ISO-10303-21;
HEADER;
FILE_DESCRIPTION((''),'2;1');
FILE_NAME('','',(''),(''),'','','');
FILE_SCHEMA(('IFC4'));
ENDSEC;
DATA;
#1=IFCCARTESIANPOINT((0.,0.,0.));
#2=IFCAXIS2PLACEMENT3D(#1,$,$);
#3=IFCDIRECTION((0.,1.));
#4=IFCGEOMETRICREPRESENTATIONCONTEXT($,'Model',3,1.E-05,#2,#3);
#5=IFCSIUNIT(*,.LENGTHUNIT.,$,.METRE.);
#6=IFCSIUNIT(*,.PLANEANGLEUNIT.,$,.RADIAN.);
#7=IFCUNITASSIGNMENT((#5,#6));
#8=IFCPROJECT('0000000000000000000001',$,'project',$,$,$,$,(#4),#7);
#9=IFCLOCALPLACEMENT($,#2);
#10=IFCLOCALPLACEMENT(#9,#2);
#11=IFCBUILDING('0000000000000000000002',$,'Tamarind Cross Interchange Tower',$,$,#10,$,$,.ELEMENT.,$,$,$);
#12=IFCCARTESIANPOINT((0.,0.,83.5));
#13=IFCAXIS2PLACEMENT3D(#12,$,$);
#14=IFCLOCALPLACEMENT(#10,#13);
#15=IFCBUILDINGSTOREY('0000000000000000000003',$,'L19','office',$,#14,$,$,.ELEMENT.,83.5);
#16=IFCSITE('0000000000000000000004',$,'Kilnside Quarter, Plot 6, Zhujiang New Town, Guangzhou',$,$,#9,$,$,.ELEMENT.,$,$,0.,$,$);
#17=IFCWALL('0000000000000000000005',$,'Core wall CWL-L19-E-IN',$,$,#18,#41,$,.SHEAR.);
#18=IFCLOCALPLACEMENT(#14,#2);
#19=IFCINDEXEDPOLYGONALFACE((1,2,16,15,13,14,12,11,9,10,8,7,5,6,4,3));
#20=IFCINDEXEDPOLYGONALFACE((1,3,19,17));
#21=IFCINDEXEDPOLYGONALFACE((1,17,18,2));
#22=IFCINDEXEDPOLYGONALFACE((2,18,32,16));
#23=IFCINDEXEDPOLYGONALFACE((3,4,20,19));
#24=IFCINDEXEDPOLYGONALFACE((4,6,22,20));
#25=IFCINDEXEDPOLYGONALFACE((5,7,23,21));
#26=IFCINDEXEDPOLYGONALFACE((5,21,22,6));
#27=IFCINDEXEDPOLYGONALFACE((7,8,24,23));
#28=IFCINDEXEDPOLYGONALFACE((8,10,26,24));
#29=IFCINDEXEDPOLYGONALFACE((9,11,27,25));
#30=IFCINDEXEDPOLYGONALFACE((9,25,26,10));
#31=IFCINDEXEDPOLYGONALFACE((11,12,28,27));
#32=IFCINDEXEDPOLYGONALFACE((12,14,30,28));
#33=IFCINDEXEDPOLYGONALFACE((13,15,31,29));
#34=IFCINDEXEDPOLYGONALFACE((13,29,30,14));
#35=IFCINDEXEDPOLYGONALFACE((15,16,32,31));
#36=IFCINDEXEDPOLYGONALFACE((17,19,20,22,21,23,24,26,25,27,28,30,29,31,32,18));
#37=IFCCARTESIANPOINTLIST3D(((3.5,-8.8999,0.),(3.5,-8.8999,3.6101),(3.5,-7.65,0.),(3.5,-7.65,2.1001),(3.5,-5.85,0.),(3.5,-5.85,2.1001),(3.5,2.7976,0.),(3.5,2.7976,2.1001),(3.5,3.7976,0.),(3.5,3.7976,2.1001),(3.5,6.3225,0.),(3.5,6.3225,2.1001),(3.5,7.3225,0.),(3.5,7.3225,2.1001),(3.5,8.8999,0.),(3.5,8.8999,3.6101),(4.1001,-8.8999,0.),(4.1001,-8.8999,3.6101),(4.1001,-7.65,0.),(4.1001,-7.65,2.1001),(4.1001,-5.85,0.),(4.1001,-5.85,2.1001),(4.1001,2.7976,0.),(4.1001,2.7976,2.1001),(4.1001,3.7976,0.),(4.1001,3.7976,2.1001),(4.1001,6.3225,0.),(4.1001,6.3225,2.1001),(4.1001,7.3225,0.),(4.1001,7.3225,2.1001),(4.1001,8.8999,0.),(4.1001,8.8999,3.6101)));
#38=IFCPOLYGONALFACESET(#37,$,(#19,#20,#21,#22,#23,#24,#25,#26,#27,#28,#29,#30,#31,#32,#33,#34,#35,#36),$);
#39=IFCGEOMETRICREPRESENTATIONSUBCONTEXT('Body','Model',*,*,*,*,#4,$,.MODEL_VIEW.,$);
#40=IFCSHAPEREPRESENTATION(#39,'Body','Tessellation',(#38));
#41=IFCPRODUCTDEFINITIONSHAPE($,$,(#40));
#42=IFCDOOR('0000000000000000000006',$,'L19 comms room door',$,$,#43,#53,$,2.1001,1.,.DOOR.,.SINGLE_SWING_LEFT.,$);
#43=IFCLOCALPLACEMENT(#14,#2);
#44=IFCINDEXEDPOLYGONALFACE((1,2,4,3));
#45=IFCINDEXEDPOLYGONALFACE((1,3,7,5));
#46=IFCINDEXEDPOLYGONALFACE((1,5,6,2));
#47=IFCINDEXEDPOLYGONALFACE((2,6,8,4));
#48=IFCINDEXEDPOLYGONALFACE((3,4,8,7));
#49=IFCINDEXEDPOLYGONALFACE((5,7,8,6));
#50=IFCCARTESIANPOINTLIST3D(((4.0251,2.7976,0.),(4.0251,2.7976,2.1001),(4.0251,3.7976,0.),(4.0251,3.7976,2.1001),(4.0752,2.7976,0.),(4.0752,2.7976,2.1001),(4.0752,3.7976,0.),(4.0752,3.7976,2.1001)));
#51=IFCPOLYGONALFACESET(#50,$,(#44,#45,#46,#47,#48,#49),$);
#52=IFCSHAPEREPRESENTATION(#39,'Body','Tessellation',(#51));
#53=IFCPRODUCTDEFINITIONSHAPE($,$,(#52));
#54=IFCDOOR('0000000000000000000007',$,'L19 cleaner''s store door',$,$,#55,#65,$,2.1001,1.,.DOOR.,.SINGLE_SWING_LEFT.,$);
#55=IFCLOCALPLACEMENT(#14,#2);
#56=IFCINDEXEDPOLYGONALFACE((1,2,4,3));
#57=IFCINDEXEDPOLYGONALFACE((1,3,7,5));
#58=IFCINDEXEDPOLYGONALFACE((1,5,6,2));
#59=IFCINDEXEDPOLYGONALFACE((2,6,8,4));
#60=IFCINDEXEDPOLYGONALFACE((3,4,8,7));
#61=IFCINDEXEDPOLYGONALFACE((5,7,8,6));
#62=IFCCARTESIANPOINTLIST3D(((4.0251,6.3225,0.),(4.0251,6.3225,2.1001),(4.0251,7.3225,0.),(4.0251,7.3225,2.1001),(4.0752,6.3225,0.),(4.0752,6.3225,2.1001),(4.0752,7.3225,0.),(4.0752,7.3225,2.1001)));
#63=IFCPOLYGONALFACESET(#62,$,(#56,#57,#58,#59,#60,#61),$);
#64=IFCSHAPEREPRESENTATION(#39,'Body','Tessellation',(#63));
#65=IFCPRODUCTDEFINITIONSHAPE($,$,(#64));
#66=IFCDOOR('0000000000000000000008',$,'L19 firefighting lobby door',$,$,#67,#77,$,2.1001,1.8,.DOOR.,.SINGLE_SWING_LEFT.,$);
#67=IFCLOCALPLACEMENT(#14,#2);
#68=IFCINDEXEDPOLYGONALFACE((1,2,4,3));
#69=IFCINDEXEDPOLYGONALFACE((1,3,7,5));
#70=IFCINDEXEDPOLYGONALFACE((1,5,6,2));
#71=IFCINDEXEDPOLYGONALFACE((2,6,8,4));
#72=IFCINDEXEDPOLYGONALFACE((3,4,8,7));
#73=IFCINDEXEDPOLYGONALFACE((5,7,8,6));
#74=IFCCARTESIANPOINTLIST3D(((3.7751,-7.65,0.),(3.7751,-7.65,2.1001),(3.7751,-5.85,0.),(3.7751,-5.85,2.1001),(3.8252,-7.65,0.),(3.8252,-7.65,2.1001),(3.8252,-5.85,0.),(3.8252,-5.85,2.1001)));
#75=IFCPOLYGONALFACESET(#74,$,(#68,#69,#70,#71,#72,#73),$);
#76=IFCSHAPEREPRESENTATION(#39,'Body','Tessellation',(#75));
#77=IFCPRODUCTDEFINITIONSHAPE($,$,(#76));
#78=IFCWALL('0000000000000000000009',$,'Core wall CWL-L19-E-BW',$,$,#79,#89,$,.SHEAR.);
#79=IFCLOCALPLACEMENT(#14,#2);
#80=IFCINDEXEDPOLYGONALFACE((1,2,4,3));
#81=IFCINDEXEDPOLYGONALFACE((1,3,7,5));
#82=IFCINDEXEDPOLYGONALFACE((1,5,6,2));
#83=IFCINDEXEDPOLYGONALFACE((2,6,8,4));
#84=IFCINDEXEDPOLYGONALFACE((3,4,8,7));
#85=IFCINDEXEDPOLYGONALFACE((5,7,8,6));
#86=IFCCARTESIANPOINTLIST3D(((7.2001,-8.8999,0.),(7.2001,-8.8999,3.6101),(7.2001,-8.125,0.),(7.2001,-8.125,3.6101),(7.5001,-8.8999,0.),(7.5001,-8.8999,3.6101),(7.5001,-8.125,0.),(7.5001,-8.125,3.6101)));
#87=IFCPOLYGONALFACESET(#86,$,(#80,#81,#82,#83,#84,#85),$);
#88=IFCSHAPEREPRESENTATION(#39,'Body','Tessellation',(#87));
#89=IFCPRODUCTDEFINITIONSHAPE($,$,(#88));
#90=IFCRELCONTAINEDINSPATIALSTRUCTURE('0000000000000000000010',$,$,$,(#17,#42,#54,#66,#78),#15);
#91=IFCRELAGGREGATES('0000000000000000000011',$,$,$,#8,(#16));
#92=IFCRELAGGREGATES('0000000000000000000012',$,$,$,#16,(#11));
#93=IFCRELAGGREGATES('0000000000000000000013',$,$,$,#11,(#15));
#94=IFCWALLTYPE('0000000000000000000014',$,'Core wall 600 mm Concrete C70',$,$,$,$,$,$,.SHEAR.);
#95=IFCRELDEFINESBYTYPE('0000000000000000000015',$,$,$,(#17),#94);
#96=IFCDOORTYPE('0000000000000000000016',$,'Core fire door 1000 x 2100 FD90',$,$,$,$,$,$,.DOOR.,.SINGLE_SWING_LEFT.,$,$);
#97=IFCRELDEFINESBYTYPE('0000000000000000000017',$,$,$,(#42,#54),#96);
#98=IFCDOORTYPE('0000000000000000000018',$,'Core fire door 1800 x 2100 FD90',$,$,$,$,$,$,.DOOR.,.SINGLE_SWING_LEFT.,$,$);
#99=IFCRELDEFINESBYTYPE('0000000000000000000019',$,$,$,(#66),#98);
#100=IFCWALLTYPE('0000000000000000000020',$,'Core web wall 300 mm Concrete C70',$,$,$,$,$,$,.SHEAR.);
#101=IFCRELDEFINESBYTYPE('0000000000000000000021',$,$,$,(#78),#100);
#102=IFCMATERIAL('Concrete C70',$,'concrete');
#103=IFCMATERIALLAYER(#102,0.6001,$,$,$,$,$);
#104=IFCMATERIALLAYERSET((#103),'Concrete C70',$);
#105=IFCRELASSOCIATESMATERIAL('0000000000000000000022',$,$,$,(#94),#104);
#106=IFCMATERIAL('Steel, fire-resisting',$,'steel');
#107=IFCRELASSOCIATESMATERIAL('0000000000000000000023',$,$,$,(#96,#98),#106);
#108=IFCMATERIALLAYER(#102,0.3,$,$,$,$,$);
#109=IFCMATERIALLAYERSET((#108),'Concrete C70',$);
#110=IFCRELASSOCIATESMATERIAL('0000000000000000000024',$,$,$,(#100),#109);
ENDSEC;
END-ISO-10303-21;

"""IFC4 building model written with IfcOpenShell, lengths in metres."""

from ifc_helpers import new_model, si_unit, direction, frame, frame_2d, origin, place, context, subcontext, project, spatial, rectangle, extrude, material, layer, layer_set, type_object, element, fill, save


model = new_model("IFC4")

# Units and contexts
model_context = context("Model", 3, precision=1e-05, world=origin(), true_north=direction((0.0, 1.0)))
body_context = subcontext(model_context, "Body", "Model", "MODEL_VIEW")
ifc_project = project(units=[si_unit("LENGTHUNIT", "METRE"), si_unit("PLANEANGLEUNIT", "RADIAN")], contexts=[model_context])

# Site, building, storey
site_placement = place(None, origin())
site = spatial("IfcSite", under=ifc_project, at=site_placement, Name="Kilnside Quarter, Plot 6, Zhujiang New Town, Guangzhou", CompositionType="ELEMENT", RefElevation=0.0)
building_placement = place(site_placement, origin())
building = spatial("IfcBuilding", under=site, at=building_placement, Name="Tamarind Cross Interchange Tower", CompositionType="ELEMENT")
storey_placement = place(building_placement, frame((0.0, 0.0, 83.5)))
storey = spatial("IfcBuildingStorey", under=building, at=storey_placement, Name="L19", Description="office", CompositionType="ELEMENT", Elevation=83.5)

# Wall, openings, doors
ifc_material_1 = material(Name="Concrete C70", Category="concrete")
ifc_layer_1 = layer(ifc_material_1, 0.6001)
ifc_layer_set_1 = layer_set([ifc_layer_1], Name="Concrete C70")
wall_type_1 = type_object("IfcWallType", Name="Core wall 600 mm Concrete C70", PredefinedType="SHEAR", material=ifc_layer_set_1)
ifc_material_2 = material(Name="Steel, fire-resisting", Category="steel")
wall_1_placement = place(storey_placement, frame((3.8, -8.8999, 0.0), z_axis=(0.0, 0.0, 1.0), x_axis=(0.0, 1.0, 0.0)))
wall_1 = element("IfcWall", 1, at=wall_1_placement, inside=storey, type_object=wall_type_1, Name="Core wall CWL-L19-E-IN", PredefinedType="SHEAR", context=body_context, shape_type="SweptSolid", body=[
    extrude(rectangle(XDim=17.7998, YDim=0.6001, at=frame_2d((8.8999, 0.0))), origin(), (0.0, 0.0, 1.0), 3.6101),
])
opening_1_placement = place(wall_1_placement, frame((1.25, 0.0, 0.0)))
opening_1 = element("IfcOpeningElement", 2, at=opening_1_placement, cuts=wall_1, PredefinedType="OPENING", context=body_context, shape_type="SweptSolid", body=[
    extrude(rectangle(XDim=1.8, YDim=2.1001, at=frame_2d((0.8999, 1.05))), frame((0.0, 0.3101, 0.0), z_axis=(0.0, -1.0, 0.0), x_axis=(1.0, 0.0, 0.0)), (0.0, 0.0, 1.0), 0.6201),
])
opening_2_placement = place(wall_1_placement, frame((11.6975, 0.0, 0.0)))
opening_2 = element("IfcOpeningElement", 3, at=opening_2_placement, cuts=wall_1, PredefinedType="OPENING", context=body_context, shape_type="SweptSolid", body=[
    extrude(rectangle(XDim=1.0, YDim=2.1001, at=frame_2d((0.5, 1.05))), frame((0.0, 0.3101, 0.0), z_axis=(0.0, -1.0, 0.0), x_axis=(1.0, 0.0, 0.0)), (0.0, 0.0, 1.0), 0.6201),
])
opening_3_placement = place(wall_1_placement, frame((15.2224, 0.0, 0.0)))
opening_3 = element("IfcOpeningElement", 4, at=opening_3_placement, cuts=wall_1, PredefinedType="OPENING", context=body_context, shape_type="SweptSolid", body=[
    extrude(rectangle(XDim=1.0, YDim=2.1001, at=frame_2d((0.5, 1.05))), frame((0.0, 0.3101, 0.0), z_axis=(0.0, -1.0, 0.0), x_axis=(1.0, 0.0, 0.0)), (0.0, 0.0, 1.0), 0.6201),
])
door_type_1 = type_object("IfcDoorType", Name="Core fire door 1000 x 2100 FD90", OperationType="SINGLE_SWING_LEFT", PredefinedType="DOOR", material=ifc_material_2)
door_1_placement = place(opening_2_placement, origin())
door_1 = element("IfcDoor", 5, at=door_1_placement, inside=storey, type_object=door_type_1, Name="L19 comms room door", OperationType="SINGLE_SWING_LEFT", OverallHeight=2.1001, OverallWidth=1.0, PredefinedType="DOOR", context=body_context, shape_type="SweptSolid", body=[
    extrude(rectangle(XDim=1.0, YDim=2.1001, at=frame_2d((0.5, 1.05))), frame((0.0, -0.2251, 0.0), z_axis=(0.0, -1.0, 0.0), x_axis=(1.0, 0.0, 0.0)), (0.0, 0.0, 1.0), 0.05),
])
fill(opening_2, door_1)
door_2_placement = place(opening_3_placement, origin())
door_2 = element("IfcDoor", 6, at=door_2_placement, inside=storey, type_object=door_type_1, Name="L19 cleaner's store door", OperationType="SINGLE_SWING_LEFT", OverallHeight=2.1001, OverallWidth=1.0, PredefinedType="DOOR", context=body_context, shape_type="SweptSolid", body=[
    extrude(rectangle(XDim=1.0, YDim=2.1001, at=frame_2d((0.5, 1.05))), frame((0.0, -0.2251, 0.0), z_axis=(0.0, -1.0, 0.0), x_axis=(1.0, 0.0, 0.0)), (0.0, 0.0, 1.0), 0.05),
])
fill(opening_3, door_2)
door_type_2 = type_object("IfcDoorType", Name="Core fire door 1800 x 2100 FD90", OperationType="SINGLE_SWING_LEFT", PredefinedType="DOOR", material=ifc_material_2)
door_3_placement = place(opening_1_placement, origin())
door_3 = element("IfcDoor", 7, at=door_3_placement, inside=storey, type_object=door_type_2, Name="L19 firefighting lobby door", OperationType="SINGLE_SWING_LEFT", OverallHeight=2.1001, OverallWidth=1.8, PredefinedType="DOOR", context=body_context, shape_type="SweptSolid", body=[
    extrude(rectangle(XDim=1.8, YDim=2.1001, at=frame_2d((0.8999, 1.05))), frame((0.0, 0.0249, 0.0), z_axis=(0.0, -1.0, 0.0), x_axis=(1.0, 0.0, 0.0)), (0.0, 0.0, 1.0), 0.05),
])
fill(opening_1, door_3)

# Wall
ifc_layer_2 = layer(ifc_material_1, 0.3)
ifc_layer_set_2 = layer_set([ifc_layer_2], Name="Concrete C70")
wall_type_2 = type_object("IfcWallType", Name="Core web wall 300 mm Concrete C70", PredefinedType="SHEAR", material=ifc_layer_set_2)
wall_2_placement = place(storey_placement, frame((7.3501, -8.8999, 0.0), z_axis=(0.0, 0.0, 1.0), x_axis=(0.0, 1.0, 0.0)))
element("IfcWall", 8, at=wall_2_placement, inside=storey, type_object=wall_type_2, Name="Core wall CWL-L19-E-BW", PredefinedType="SHEAR", context=body_context, shape_type="SweptSolid", body=[
    extrude(rectangle(XDim=0.7749, YDim=0.3, at=frame_2d((0.3875, 0.0))), origin(), (0.0, 0.0, 1.0), 3.6101),
])

save(model, "model.ifc")
